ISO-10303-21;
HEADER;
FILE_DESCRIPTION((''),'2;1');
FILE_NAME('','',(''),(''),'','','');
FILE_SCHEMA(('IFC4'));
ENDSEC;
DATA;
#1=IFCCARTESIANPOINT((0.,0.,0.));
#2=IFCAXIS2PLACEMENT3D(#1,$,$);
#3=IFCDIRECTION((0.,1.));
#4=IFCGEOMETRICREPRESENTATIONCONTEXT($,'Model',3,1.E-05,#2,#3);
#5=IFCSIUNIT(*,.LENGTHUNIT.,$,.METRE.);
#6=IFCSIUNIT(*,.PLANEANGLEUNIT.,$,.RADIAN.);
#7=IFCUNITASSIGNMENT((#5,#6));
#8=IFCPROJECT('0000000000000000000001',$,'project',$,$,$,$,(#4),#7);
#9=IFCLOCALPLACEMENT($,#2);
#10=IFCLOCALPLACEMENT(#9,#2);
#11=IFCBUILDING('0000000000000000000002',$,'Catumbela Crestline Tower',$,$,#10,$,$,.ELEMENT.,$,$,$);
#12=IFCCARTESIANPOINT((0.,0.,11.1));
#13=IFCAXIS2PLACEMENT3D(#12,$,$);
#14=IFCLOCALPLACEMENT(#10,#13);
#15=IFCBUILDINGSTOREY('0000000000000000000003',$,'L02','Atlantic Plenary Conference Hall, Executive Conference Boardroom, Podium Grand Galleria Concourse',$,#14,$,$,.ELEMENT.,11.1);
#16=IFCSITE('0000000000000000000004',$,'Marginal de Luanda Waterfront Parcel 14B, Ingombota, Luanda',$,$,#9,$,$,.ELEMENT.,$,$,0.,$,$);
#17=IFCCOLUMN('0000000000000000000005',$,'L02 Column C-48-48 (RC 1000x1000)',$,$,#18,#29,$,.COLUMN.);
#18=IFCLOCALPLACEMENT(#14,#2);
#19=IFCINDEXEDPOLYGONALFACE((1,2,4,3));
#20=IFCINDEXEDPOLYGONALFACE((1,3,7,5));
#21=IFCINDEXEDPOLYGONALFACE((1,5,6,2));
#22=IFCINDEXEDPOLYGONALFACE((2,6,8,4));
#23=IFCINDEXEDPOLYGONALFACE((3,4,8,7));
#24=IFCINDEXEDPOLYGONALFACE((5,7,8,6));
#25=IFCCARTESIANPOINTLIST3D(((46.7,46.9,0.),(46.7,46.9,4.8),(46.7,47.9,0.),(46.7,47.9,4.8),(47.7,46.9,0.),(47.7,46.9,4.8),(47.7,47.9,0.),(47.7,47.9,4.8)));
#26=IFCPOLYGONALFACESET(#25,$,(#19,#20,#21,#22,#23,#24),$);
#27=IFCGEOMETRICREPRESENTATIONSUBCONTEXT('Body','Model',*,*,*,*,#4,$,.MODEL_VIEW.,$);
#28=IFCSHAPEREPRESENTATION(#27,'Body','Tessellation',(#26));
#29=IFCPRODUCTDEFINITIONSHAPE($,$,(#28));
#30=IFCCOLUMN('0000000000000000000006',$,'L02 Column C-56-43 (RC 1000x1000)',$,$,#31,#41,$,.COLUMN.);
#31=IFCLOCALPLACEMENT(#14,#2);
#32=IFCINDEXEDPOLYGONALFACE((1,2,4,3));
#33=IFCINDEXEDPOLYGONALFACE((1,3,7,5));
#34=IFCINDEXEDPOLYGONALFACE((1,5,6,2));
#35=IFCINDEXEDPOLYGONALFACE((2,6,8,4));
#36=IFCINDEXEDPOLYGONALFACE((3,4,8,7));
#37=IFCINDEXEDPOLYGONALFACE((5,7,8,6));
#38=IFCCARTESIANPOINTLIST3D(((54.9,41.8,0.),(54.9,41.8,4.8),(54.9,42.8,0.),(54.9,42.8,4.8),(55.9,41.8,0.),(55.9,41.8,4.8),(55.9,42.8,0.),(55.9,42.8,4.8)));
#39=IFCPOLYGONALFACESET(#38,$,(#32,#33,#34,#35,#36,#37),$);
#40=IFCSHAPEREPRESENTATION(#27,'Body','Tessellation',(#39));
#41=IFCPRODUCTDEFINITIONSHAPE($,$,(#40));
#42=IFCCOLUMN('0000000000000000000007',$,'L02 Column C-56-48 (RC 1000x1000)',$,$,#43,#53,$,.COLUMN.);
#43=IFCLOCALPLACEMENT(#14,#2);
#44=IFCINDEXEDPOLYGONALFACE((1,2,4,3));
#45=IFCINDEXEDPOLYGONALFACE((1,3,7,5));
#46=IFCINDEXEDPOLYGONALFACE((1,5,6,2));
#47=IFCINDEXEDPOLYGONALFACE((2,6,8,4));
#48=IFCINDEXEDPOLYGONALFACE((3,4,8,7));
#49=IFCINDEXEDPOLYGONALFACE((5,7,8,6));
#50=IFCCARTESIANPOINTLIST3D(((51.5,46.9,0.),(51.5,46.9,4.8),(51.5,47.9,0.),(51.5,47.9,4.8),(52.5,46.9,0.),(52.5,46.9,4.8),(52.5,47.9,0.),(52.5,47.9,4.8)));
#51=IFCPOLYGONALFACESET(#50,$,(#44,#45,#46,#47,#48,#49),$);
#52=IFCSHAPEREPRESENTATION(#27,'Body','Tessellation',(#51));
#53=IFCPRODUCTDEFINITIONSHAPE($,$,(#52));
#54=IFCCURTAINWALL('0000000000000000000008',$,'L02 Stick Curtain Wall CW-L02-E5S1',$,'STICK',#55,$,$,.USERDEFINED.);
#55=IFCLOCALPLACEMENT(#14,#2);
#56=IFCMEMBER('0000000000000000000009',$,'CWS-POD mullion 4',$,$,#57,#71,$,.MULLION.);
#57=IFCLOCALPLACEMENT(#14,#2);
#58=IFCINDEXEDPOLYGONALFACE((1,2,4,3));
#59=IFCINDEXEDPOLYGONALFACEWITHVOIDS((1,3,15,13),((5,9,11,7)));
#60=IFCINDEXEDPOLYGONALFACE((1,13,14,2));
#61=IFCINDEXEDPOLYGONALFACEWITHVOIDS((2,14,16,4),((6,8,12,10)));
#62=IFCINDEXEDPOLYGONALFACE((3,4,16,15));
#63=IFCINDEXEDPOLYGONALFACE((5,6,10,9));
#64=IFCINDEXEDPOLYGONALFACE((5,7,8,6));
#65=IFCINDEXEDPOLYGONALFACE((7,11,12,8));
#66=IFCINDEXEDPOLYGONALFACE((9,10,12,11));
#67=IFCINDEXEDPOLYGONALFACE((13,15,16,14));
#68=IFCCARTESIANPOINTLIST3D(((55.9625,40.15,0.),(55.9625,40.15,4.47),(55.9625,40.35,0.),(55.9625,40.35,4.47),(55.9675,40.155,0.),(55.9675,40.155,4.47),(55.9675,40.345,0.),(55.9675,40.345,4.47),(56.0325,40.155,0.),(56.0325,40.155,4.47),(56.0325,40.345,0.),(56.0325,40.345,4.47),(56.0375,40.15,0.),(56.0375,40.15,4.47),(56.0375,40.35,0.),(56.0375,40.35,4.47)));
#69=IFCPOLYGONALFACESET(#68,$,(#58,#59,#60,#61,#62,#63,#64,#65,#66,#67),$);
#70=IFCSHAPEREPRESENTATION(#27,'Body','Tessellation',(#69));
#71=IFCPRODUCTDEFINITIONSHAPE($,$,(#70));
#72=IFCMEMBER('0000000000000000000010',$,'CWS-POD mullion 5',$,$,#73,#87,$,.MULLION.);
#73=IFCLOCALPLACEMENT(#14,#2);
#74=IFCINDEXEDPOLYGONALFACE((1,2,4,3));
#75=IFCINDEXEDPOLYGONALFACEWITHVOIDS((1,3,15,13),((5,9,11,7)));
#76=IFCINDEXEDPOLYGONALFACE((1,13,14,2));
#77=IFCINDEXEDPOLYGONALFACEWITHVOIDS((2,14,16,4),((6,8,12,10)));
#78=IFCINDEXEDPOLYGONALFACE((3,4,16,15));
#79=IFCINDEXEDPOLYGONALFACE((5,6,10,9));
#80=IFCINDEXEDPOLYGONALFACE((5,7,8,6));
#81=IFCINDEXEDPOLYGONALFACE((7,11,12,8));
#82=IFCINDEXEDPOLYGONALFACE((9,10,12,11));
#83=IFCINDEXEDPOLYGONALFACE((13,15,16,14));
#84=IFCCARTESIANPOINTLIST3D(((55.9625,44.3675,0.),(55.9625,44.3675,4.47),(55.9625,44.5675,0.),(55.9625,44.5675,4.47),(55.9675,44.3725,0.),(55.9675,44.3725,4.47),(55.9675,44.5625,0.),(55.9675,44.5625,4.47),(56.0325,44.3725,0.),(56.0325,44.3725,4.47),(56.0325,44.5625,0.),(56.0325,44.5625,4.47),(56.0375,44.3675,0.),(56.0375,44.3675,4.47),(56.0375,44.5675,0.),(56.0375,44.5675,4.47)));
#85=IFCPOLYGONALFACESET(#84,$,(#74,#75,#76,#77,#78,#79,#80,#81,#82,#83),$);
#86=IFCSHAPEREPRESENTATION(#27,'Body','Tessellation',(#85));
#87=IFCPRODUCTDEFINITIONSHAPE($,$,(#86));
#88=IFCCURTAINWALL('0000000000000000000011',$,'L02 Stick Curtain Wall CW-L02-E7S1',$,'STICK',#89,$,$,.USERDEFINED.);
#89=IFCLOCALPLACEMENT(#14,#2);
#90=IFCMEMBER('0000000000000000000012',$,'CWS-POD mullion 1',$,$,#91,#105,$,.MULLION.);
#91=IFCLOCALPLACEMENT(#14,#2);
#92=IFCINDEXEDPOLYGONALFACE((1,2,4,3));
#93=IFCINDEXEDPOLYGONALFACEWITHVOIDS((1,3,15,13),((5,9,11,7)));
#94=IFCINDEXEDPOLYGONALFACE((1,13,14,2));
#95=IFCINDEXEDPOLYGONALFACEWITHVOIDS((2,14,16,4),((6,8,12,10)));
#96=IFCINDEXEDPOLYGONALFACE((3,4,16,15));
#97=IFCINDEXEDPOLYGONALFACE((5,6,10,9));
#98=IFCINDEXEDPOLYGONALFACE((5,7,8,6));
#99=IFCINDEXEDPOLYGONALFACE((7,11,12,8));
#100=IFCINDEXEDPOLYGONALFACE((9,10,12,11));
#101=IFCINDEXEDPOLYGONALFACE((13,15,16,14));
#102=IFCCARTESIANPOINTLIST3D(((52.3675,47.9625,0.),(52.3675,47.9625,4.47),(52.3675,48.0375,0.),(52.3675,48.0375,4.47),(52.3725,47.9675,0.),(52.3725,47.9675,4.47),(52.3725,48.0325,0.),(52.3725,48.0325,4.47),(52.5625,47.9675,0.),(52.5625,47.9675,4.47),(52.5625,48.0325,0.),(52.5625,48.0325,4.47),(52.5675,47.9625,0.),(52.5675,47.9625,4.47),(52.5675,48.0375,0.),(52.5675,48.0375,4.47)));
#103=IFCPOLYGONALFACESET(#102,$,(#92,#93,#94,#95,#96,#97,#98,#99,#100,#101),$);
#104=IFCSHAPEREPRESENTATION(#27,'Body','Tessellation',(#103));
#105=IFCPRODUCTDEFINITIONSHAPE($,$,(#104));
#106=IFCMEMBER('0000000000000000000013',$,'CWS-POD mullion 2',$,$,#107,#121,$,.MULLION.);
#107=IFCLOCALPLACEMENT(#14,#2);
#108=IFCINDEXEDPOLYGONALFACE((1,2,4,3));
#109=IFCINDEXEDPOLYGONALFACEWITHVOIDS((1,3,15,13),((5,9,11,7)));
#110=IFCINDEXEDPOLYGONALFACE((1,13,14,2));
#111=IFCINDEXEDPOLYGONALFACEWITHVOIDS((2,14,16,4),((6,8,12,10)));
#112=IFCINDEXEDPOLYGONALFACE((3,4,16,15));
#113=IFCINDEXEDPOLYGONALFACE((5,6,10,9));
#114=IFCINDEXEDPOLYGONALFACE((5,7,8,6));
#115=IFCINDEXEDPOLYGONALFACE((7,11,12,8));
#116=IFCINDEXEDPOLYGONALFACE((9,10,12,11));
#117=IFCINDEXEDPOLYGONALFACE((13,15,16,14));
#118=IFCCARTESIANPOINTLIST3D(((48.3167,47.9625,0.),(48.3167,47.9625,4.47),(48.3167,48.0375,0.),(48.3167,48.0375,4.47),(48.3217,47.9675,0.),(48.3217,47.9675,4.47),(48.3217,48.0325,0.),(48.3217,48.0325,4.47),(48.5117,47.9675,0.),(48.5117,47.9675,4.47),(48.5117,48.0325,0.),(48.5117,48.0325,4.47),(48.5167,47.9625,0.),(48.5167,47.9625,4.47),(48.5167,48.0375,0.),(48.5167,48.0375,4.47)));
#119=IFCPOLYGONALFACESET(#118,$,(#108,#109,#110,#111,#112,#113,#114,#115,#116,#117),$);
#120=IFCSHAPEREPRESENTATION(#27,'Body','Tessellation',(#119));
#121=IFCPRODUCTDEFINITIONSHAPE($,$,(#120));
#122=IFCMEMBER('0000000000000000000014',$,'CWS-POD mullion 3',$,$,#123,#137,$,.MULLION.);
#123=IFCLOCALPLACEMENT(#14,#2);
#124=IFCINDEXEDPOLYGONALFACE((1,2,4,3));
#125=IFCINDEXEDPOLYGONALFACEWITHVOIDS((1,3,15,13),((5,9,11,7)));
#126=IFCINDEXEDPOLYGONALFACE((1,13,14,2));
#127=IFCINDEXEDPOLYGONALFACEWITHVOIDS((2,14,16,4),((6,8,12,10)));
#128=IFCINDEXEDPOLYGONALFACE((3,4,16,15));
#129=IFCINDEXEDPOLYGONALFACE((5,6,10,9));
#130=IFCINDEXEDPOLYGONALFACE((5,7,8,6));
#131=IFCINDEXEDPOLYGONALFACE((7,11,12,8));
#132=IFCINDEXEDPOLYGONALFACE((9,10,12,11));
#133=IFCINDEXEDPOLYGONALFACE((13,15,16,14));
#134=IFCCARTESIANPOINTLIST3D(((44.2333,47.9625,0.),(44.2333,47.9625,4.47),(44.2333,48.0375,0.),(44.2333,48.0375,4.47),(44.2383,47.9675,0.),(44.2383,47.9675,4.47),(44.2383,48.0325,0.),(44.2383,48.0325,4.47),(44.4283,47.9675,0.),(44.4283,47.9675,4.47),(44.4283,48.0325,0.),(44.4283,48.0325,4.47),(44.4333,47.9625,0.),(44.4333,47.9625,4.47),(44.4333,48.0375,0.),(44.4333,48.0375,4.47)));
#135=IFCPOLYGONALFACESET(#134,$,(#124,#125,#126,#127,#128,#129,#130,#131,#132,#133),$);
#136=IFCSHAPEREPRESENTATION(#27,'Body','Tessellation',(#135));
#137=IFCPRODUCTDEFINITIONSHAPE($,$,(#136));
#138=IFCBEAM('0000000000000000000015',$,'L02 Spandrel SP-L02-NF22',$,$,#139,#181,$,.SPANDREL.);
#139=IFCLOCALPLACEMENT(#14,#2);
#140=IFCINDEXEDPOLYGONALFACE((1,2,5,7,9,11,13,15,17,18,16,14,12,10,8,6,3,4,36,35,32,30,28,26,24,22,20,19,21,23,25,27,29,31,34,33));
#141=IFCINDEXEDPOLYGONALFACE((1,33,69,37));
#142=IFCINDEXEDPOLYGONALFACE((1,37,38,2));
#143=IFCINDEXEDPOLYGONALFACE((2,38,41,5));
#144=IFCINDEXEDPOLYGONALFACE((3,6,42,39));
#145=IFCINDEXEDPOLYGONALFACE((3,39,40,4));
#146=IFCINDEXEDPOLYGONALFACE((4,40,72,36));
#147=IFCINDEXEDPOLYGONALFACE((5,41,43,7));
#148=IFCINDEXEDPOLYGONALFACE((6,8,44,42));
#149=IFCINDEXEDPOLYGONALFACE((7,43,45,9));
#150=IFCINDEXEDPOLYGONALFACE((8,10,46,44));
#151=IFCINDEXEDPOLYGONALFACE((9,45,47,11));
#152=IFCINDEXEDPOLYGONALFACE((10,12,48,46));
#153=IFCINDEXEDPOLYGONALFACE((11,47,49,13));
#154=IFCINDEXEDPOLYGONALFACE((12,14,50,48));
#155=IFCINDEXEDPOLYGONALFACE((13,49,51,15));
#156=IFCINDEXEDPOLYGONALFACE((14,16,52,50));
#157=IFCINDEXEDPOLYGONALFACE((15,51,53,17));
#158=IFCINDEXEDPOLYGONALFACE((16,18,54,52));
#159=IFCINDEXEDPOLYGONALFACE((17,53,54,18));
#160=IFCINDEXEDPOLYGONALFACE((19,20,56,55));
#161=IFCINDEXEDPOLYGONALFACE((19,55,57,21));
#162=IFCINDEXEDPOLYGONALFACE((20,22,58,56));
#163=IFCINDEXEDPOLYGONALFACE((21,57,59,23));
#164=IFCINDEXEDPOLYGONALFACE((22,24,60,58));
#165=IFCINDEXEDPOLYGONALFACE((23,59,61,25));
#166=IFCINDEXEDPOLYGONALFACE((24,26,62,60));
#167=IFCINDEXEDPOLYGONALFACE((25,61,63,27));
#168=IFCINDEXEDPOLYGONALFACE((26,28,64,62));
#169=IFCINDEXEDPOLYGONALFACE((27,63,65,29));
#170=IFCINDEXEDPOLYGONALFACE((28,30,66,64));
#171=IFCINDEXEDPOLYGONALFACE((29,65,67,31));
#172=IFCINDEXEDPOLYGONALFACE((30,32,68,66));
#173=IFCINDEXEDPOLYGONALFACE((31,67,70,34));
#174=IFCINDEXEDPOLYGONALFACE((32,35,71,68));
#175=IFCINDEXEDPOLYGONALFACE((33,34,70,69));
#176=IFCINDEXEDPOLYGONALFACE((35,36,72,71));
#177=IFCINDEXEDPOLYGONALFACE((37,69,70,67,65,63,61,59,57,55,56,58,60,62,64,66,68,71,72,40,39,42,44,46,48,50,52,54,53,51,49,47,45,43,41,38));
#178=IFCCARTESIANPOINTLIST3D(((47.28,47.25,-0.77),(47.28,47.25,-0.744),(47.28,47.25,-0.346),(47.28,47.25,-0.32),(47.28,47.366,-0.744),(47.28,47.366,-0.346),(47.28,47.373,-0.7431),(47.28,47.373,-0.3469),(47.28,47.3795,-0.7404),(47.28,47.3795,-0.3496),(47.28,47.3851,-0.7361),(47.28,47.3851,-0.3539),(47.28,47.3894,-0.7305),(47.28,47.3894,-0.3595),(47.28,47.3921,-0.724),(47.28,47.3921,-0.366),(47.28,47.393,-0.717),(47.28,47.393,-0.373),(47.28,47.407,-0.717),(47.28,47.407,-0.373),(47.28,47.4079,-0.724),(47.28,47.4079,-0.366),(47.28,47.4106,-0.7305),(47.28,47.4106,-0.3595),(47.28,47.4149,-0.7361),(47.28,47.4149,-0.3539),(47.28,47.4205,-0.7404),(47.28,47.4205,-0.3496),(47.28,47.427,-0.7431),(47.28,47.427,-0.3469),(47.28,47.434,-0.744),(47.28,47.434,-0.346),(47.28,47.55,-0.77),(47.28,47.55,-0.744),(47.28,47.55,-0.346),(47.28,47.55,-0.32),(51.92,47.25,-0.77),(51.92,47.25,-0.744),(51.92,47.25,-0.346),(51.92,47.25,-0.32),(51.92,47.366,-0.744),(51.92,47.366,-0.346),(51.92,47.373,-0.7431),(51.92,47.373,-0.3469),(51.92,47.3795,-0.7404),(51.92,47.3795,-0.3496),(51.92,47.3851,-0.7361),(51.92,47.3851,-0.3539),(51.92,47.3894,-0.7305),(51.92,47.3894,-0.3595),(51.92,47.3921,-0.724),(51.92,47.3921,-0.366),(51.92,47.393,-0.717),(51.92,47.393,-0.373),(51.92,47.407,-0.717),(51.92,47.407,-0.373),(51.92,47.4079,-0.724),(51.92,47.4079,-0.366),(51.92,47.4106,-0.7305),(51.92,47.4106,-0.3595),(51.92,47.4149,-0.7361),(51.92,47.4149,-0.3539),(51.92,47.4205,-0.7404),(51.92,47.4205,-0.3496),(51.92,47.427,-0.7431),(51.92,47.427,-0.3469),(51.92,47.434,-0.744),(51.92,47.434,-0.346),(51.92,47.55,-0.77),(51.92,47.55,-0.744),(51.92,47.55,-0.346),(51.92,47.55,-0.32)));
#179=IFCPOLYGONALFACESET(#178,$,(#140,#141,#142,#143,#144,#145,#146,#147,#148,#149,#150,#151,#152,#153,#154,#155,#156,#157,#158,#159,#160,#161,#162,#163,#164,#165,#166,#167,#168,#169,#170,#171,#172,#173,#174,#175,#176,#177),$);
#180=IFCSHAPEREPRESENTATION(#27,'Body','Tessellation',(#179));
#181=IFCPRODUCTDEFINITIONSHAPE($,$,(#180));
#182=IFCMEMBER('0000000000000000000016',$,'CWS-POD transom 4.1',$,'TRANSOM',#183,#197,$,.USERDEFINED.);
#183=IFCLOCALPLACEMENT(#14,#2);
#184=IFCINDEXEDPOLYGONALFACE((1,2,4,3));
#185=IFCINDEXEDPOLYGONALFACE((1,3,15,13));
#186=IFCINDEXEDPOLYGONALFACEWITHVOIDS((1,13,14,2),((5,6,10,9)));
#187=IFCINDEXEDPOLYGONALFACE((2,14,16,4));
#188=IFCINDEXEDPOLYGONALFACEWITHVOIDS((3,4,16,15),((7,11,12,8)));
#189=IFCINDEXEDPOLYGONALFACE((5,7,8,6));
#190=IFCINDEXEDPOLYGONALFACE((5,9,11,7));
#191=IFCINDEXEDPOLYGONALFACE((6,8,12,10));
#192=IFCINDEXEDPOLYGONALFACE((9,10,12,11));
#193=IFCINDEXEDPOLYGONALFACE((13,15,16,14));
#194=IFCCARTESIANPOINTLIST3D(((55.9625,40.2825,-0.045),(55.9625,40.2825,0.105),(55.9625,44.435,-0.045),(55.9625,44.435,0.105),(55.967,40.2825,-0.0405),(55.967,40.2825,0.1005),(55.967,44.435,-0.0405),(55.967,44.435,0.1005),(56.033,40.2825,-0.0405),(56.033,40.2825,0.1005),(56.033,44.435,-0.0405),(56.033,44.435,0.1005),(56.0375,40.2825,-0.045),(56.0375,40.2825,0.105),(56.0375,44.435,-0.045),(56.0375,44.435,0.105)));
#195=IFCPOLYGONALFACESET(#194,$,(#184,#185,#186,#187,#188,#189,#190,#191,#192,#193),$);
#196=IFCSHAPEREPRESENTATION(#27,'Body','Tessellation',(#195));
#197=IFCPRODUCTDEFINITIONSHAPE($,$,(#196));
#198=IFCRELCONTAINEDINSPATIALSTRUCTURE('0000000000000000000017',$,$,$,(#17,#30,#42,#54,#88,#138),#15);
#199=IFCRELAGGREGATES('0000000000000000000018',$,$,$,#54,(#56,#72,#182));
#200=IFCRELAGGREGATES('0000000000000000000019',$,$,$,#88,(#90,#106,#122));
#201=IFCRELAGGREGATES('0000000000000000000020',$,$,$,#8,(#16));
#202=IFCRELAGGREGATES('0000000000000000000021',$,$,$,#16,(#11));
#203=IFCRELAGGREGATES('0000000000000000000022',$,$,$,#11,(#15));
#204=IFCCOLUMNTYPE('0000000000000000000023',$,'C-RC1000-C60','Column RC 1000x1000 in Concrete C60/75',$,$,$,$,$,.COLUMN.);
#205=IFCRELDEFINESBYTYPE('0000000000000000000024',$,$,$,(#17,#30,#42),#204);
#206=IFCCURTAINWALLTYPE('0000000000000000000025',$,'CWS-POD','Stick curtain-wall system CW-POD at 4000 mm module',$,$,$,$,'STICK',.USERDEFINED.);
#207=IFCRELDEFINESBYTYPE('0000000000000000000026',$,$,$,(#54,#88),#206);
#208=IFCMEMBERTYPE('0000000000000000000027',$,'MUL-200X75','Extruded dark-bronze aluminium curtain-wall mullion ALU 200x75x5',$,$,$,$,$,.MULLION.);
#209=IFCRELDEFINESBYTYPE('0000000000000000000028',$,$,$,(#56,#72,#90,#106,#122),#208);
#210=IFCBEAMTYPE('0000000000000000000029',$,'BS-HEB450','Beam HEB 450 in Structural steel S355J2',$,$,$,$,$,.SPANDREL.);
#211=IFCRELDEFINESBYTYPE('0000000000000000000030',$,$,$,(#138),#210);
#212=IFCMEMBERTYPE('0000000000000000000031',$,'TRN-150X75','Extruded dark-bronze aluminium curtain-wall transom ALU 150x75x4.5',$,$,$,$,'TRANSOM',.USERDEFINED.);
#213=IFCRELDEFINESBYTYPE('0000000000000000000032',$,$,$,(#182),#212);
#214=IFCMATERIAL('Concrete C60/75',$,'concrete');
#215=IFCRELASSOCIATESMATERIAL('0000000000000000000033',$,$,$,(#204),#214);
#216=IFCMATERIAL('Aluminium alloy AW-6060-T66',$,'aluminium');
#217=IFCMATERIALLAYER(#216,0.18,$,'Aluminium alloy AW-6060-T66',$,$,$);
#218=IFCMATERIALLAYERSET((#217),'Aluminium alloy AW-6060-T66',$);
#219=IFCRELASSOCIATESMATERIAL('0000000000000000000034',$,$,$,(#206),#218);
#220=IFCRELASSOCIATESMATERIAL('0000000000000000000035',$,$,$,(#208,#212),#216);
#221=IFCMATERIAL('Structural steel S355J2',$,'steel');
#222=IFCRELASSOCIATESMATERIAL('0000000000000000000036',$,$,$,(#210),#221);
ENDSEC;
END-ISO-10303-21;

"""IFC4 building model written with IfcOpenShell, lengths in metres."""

from ifc_helpers import new_model, si_unit, direction, frame, origin, origin_2d, place, context, subcontext, project, spatial, rectangle, hollow_rectangle, i_section, extrude, material, layer, layer_set, material_profile, profile_set, type_object, element, aggregate, save


model = new_model("IFC4")

# Units and contexts
model_context = context("Model", 3, precision=1e-05, world=origin(), true_north=direction((0.0, 1.0)))
body_context = subcontext(model_context, "Body", "Model", "MODEL_VIEW")
ifc_project = project(units=[si_unit("LENGTHUNIT", "METRE"), si_unit("PLANEANGLEUNIT", "RADIAN")], contexts=[model_context])

# Site, building, storey
site_placement = place(None, origin())
site = spatial("IfcSite", under=ifc_project, at=site_placement, Name="Marginal de Luanda Waterfront Parcel 14B, Ingombota, Luanda", CompositionType="ELEMENT", RefElevation=0.0)
building_placement = place(site_placement, origin())
building = spatial("IfcBuilding", under=site, at=building_placement, Name="Catumbela Crestline Tower", CompositionType="ELEMENT")
storey_placement = place(building_placement, frame((0.0, 0.0, 11.1)))
storey = spatial("IfcBuildingStorey", under=building, at=storey_placement, Name="L02", Description="Atlantic Plenary Conference Hall, Executive Conference Boardroom, Podium Grand Galleria Concourse", CompositionType="ELEMENT", Elevation=11.1)

# Columns
ifc_material_1 = material(Name="Concrete C60/75", Category="concrete")
ifc_material_profile_1 = material_profile(ifc_material_1, rectangle(XDim=1.0, YDim=1.0, at=origin_2d()), Name="RC 1000x1000")
ifc_profile_set_1 = profile_set([ifc_material_profile_1], Name="Concrete C60/75")
column_type = type_object("IfcColumnType", Name="C-RC1000-C60", Description="Column RC 1000x1000 in Concrete C60/75", PredefinedType="COLUMN", material=ifc_profile_set_1)
for number, where, z_axis, x_axis, name in (
    (1, (47.2, 47.4, 0.0), (0.0, 0.0, 1.0), (1.0, 0.0, 0.0), "L02 Column C-48-48 (RC 1000x1000)"),
    (2, (55.4, 42.3, 0.0), (0.0, 0.0, 1.0), (1.0, 0.0, 0.0), "L02 Column C-56-43 (RC 1000x1000)"),
    (3, (52.0, 47.4, 0.0), (0.0, 0.0, 1.0), (1.0, 0.0, 0.0), "L02 Column C-56-48 (RC 1000x1000)"),
):
    element("IfcColumn", number, at=place(storey_placement, frame(where, z_axis=z_axis, x_axis=x_axis)), inside=storey, type_object=column_type, Name=name, PredefinedType="COLUMN", context=body_context, shape_type="SweptSolid", body=[
        extrude(rectangle(XDim=1.0, YDim=1.0, at=origin_2d()), origin(), (0.0, 0.0, 1.0), 4.8),
    ])

# Curtain walls, members
ifc_material_2 = material(Name="Aluminium alloy AW-6060-T66", Category="aluminium")
ifc_layer_1 = layer(ifc_material_2, 0.18, Name="Aluminium alloy AW-6060-T66")
ifc_layer_set_1 = layer_set([ifc_layer_1], Name="Aluminium alloy AW-6060-T66")
curtain_wall_type = type_object("IfcCurtainWallType", Name="CWS-POD", Description="Stick curtain-wall system CW-POD at 4000 mm module", ElementType="STICK", PredefinedType="USERDEFINED", material=ifc_layer_set_1)
curtain_wall_1_placement = place(storey_placement, origin())
curtain_wall_1 = element("IfcCurtainWall", 4, at=curtain_wall_1_placement, inside=storey, type_object=curtain_wall_type, Name="L02 Stick Curtain Wall CW-L02-E5S1", ObjectType="STICK", PredefinedType="USERDEFINED")
ifc_material_profile_2 = material_profile(ifc_material_2, hollow_rectangle(XDim=0.075, YDim=0.2, WallThickness=0.005, at=origin_2d()), Name="ALU 200x75x5")
ifc_profile_set_2 = profile_set([ifc_material_profile_2], Name="Aluminium alloy AW-6060-T66")
member_type_1 = type_object("IfcMemberType", Name="MUL-200X75", Description="Extruded dark-bronze aluminium curtain-wall mullion ALU 200x75x5", PredefinedType="MULLION", material=ifc_profile_set_2)
member_1_placement = place(storey_placement, frame((56.0, 40.25, 0.0), z_axis=(0.0, 0.0, 1.0), x_axis=(-1.0, 0.0, 0.0)))
member_1 = element("IfcMember", 5, at=member_1_placement, type_object=member_type_1, Name="CWS-POD mullion 4", PredefinedType="MULLION", context=body_context, shape_type="SweptSolid", body=[
    extrude(hollow_rectangle(XDim=0.075, YDim=0.2, WallThickness=0.005, at=origin_2d()), origin(), (0.0, 0.0, 1.0), 4.47),
])
member_2_placement = place(storey_placement, frame((56.0, 44.4675, 0.0), z_axis=(0.0, 0.0, 1.0), x_axis=(-1.0, 0.0, 0.0)))
member_2 = element("IfcMember", 6, at=member_2_placement, type_object=member_type_1, Name="CWS-POD mullion 5", PredefinedType="MULLION", context=body_context, shape_type="SweptSolid", body=[
    extrude(hollow_rectangle(XDim=0.075, YDim=0.2, WallThickness=0.005, at=origin_2d()), origin(), (0.0, 0.0, 1.0), 4.47),
])
curtain_wall_2_placement = place(storey_placement, origin())
curtain_wall_2 = element("IfcCurtainWall", 7, at=curtain_wall_2_placement, inside=storey, type_object=curtain_wall_type, Name="L02 Stick Curtain Wall CW-L02-E7S1", ObjectType="STICK", PredefinedType="USERDEFINED")
member_3_placement = place(storey_placement, frame((52.4675, 48.0, 0.0), z_axis=(0.0, 0.0, 1.0), x_axis=(0.0, -1.0, 0.0)))
member_3 = element("IfcMember", 8, at=member_3_placement, type_object=member_type_1, Name="CWS-POD mullion 1", PredefinedType="MULLION", context=body_context, shape_type="SweptSolid", body=[
    extrude(hollow_rectangle(XDim=0.075, YDim=0.2, WallThickness=0.005, at=origin_2d()), origin(), (0.0, 0.0, 1.0), 4.47),
])
member_4_placement = place(storey_placement, frame((48.4167, 48.0, 0.0), z_axis=(0.0, 0.0, 1.0), x_axis=(0.0, -1.0, 0.0)))
member_4 = element("IfcMember", 9, at=member_4_placement, type_object=member_type_1, Name="CWS-POD mullion 2", PredefinedType="MULLION", context=body_context, shape_type="SweptSolid", body=[
    extrude(hollow_rectangle(XDim=0.075, YDim=0.2, WallThickness=0.005, at=origin_2d()), origin(), (0.0, 0.0, 1.0), 4.47),
])
member_5_placement = place(storey_placement, frame((44.3333, 48.0, 0.0), z_axis=(0.0, 0.0, 1.0), x_axis=(0.0, -1.0, 0.0)))
member_5 = element("IfcMember", 10, at=member_5_placement, type_object=member_type_1, Name="CWS-POD mullion 3", PredefinedType="MULLION", context=body_context, shape_type="SweptSolid", body=[
    extrude(hollow_rectangle(XDim=0.075, YDim=0.2, WallThickness=0.005, at=origin_2d()), origin(), (0.0, 0.0, 1.0), 4.47),
])

# Beam
ifc_material_3 = material(Name="Structural steel S355J2", Category="steel")
ifc_material_profile_3 = material_profile(ifc_material_3, i_section(OverallWidth=0.3, OverallDepth=0.45, WebThickness=0.014, FlangeThickness=0.026, FilletRadius=0.027, at=origin_2d()), Name="HEB 450")
ifc_profile_set_3 = profile_set([ifc_material_profile_3], Name="Structural steel S355J2")
beam_type = type_object("IfcBeamType", Name="BS-HEB450", Description="Beam HEB 450 in Structural steel S355J2", PredefinedType="SPANDREL", material=ifc_profile_set_3)
beam_placement = place(storey_placement, frame((47.28, 47.4, -0.545), z_axis=(1.0, 0.0, 0.0), x_axis=(0.0, 1.0, 0.0)))
element("IfcBeam", 11, at=beam_placement, inside=storey, type_object=beam_type, Name="L02 Spandrel SP-L02-NF22", PredefinedType="SPANDREL", context=body_context, shape_type="SweptSolid", body=[
    extrude(i_section(OverallWidth=0.3, OverallDepth=0.45, WebThickness=0.014, FlangeThickness=0.026, FilletRadius=0.027, at=origin_2d()), origin(), (0.0, 0.0, 1.0), 4.64),
])

# Member
ifc_material_profile_4 = material_profile(ifc_material_2, hollow_rectangle(XDim=0.075, YDim=0.15, WallThickness=0.0045, at=origin_2d()), Name="ALU 150x75x4.5")
ifc_profile_set_4 = profile_set([ifc_material_profile_4], Name="Aluminium alloy AW-6060-T66")
member_type_2 = type_object("IfcMemberType", Name="TRN-150X75", Description="Extruded dark-bronze aluminium curtain-wall transom ALU 150x75x4.5", ElementType="TRANSOM", PredefinedType="USERDEFINED", material=ifc_profile_set_4)
member_6_placement = place(storey_placement, frame((56.0, 40.2825, 0.03), z_axis=(0.0, 1.0, 0.0), x_axis=(-1.0, 0.0, 0.0)))
member_6 = element("IfcMember", 12, at=member_6_placement, type_object=member_type_2, Name="CWS-POD transom 4.1", ObjectType="TRANSOM", PredefinedType="USERDEFINED", context=body_context, shape_type="SweptSolid", body=[
    extrude(hollow_rectangle(XDim=0.075, YDim=0.15, WallThickness=0.0045, at=origin_2d()), origin(), (0.0, 0.0, 1.0), 4.1525),
])

aggregate(curtain_wall_1, [member_1, member_2, member_6])
aggregate(curtain_wall_2, [member_3, member_4, member_5])

save(model, "model.ifc")
